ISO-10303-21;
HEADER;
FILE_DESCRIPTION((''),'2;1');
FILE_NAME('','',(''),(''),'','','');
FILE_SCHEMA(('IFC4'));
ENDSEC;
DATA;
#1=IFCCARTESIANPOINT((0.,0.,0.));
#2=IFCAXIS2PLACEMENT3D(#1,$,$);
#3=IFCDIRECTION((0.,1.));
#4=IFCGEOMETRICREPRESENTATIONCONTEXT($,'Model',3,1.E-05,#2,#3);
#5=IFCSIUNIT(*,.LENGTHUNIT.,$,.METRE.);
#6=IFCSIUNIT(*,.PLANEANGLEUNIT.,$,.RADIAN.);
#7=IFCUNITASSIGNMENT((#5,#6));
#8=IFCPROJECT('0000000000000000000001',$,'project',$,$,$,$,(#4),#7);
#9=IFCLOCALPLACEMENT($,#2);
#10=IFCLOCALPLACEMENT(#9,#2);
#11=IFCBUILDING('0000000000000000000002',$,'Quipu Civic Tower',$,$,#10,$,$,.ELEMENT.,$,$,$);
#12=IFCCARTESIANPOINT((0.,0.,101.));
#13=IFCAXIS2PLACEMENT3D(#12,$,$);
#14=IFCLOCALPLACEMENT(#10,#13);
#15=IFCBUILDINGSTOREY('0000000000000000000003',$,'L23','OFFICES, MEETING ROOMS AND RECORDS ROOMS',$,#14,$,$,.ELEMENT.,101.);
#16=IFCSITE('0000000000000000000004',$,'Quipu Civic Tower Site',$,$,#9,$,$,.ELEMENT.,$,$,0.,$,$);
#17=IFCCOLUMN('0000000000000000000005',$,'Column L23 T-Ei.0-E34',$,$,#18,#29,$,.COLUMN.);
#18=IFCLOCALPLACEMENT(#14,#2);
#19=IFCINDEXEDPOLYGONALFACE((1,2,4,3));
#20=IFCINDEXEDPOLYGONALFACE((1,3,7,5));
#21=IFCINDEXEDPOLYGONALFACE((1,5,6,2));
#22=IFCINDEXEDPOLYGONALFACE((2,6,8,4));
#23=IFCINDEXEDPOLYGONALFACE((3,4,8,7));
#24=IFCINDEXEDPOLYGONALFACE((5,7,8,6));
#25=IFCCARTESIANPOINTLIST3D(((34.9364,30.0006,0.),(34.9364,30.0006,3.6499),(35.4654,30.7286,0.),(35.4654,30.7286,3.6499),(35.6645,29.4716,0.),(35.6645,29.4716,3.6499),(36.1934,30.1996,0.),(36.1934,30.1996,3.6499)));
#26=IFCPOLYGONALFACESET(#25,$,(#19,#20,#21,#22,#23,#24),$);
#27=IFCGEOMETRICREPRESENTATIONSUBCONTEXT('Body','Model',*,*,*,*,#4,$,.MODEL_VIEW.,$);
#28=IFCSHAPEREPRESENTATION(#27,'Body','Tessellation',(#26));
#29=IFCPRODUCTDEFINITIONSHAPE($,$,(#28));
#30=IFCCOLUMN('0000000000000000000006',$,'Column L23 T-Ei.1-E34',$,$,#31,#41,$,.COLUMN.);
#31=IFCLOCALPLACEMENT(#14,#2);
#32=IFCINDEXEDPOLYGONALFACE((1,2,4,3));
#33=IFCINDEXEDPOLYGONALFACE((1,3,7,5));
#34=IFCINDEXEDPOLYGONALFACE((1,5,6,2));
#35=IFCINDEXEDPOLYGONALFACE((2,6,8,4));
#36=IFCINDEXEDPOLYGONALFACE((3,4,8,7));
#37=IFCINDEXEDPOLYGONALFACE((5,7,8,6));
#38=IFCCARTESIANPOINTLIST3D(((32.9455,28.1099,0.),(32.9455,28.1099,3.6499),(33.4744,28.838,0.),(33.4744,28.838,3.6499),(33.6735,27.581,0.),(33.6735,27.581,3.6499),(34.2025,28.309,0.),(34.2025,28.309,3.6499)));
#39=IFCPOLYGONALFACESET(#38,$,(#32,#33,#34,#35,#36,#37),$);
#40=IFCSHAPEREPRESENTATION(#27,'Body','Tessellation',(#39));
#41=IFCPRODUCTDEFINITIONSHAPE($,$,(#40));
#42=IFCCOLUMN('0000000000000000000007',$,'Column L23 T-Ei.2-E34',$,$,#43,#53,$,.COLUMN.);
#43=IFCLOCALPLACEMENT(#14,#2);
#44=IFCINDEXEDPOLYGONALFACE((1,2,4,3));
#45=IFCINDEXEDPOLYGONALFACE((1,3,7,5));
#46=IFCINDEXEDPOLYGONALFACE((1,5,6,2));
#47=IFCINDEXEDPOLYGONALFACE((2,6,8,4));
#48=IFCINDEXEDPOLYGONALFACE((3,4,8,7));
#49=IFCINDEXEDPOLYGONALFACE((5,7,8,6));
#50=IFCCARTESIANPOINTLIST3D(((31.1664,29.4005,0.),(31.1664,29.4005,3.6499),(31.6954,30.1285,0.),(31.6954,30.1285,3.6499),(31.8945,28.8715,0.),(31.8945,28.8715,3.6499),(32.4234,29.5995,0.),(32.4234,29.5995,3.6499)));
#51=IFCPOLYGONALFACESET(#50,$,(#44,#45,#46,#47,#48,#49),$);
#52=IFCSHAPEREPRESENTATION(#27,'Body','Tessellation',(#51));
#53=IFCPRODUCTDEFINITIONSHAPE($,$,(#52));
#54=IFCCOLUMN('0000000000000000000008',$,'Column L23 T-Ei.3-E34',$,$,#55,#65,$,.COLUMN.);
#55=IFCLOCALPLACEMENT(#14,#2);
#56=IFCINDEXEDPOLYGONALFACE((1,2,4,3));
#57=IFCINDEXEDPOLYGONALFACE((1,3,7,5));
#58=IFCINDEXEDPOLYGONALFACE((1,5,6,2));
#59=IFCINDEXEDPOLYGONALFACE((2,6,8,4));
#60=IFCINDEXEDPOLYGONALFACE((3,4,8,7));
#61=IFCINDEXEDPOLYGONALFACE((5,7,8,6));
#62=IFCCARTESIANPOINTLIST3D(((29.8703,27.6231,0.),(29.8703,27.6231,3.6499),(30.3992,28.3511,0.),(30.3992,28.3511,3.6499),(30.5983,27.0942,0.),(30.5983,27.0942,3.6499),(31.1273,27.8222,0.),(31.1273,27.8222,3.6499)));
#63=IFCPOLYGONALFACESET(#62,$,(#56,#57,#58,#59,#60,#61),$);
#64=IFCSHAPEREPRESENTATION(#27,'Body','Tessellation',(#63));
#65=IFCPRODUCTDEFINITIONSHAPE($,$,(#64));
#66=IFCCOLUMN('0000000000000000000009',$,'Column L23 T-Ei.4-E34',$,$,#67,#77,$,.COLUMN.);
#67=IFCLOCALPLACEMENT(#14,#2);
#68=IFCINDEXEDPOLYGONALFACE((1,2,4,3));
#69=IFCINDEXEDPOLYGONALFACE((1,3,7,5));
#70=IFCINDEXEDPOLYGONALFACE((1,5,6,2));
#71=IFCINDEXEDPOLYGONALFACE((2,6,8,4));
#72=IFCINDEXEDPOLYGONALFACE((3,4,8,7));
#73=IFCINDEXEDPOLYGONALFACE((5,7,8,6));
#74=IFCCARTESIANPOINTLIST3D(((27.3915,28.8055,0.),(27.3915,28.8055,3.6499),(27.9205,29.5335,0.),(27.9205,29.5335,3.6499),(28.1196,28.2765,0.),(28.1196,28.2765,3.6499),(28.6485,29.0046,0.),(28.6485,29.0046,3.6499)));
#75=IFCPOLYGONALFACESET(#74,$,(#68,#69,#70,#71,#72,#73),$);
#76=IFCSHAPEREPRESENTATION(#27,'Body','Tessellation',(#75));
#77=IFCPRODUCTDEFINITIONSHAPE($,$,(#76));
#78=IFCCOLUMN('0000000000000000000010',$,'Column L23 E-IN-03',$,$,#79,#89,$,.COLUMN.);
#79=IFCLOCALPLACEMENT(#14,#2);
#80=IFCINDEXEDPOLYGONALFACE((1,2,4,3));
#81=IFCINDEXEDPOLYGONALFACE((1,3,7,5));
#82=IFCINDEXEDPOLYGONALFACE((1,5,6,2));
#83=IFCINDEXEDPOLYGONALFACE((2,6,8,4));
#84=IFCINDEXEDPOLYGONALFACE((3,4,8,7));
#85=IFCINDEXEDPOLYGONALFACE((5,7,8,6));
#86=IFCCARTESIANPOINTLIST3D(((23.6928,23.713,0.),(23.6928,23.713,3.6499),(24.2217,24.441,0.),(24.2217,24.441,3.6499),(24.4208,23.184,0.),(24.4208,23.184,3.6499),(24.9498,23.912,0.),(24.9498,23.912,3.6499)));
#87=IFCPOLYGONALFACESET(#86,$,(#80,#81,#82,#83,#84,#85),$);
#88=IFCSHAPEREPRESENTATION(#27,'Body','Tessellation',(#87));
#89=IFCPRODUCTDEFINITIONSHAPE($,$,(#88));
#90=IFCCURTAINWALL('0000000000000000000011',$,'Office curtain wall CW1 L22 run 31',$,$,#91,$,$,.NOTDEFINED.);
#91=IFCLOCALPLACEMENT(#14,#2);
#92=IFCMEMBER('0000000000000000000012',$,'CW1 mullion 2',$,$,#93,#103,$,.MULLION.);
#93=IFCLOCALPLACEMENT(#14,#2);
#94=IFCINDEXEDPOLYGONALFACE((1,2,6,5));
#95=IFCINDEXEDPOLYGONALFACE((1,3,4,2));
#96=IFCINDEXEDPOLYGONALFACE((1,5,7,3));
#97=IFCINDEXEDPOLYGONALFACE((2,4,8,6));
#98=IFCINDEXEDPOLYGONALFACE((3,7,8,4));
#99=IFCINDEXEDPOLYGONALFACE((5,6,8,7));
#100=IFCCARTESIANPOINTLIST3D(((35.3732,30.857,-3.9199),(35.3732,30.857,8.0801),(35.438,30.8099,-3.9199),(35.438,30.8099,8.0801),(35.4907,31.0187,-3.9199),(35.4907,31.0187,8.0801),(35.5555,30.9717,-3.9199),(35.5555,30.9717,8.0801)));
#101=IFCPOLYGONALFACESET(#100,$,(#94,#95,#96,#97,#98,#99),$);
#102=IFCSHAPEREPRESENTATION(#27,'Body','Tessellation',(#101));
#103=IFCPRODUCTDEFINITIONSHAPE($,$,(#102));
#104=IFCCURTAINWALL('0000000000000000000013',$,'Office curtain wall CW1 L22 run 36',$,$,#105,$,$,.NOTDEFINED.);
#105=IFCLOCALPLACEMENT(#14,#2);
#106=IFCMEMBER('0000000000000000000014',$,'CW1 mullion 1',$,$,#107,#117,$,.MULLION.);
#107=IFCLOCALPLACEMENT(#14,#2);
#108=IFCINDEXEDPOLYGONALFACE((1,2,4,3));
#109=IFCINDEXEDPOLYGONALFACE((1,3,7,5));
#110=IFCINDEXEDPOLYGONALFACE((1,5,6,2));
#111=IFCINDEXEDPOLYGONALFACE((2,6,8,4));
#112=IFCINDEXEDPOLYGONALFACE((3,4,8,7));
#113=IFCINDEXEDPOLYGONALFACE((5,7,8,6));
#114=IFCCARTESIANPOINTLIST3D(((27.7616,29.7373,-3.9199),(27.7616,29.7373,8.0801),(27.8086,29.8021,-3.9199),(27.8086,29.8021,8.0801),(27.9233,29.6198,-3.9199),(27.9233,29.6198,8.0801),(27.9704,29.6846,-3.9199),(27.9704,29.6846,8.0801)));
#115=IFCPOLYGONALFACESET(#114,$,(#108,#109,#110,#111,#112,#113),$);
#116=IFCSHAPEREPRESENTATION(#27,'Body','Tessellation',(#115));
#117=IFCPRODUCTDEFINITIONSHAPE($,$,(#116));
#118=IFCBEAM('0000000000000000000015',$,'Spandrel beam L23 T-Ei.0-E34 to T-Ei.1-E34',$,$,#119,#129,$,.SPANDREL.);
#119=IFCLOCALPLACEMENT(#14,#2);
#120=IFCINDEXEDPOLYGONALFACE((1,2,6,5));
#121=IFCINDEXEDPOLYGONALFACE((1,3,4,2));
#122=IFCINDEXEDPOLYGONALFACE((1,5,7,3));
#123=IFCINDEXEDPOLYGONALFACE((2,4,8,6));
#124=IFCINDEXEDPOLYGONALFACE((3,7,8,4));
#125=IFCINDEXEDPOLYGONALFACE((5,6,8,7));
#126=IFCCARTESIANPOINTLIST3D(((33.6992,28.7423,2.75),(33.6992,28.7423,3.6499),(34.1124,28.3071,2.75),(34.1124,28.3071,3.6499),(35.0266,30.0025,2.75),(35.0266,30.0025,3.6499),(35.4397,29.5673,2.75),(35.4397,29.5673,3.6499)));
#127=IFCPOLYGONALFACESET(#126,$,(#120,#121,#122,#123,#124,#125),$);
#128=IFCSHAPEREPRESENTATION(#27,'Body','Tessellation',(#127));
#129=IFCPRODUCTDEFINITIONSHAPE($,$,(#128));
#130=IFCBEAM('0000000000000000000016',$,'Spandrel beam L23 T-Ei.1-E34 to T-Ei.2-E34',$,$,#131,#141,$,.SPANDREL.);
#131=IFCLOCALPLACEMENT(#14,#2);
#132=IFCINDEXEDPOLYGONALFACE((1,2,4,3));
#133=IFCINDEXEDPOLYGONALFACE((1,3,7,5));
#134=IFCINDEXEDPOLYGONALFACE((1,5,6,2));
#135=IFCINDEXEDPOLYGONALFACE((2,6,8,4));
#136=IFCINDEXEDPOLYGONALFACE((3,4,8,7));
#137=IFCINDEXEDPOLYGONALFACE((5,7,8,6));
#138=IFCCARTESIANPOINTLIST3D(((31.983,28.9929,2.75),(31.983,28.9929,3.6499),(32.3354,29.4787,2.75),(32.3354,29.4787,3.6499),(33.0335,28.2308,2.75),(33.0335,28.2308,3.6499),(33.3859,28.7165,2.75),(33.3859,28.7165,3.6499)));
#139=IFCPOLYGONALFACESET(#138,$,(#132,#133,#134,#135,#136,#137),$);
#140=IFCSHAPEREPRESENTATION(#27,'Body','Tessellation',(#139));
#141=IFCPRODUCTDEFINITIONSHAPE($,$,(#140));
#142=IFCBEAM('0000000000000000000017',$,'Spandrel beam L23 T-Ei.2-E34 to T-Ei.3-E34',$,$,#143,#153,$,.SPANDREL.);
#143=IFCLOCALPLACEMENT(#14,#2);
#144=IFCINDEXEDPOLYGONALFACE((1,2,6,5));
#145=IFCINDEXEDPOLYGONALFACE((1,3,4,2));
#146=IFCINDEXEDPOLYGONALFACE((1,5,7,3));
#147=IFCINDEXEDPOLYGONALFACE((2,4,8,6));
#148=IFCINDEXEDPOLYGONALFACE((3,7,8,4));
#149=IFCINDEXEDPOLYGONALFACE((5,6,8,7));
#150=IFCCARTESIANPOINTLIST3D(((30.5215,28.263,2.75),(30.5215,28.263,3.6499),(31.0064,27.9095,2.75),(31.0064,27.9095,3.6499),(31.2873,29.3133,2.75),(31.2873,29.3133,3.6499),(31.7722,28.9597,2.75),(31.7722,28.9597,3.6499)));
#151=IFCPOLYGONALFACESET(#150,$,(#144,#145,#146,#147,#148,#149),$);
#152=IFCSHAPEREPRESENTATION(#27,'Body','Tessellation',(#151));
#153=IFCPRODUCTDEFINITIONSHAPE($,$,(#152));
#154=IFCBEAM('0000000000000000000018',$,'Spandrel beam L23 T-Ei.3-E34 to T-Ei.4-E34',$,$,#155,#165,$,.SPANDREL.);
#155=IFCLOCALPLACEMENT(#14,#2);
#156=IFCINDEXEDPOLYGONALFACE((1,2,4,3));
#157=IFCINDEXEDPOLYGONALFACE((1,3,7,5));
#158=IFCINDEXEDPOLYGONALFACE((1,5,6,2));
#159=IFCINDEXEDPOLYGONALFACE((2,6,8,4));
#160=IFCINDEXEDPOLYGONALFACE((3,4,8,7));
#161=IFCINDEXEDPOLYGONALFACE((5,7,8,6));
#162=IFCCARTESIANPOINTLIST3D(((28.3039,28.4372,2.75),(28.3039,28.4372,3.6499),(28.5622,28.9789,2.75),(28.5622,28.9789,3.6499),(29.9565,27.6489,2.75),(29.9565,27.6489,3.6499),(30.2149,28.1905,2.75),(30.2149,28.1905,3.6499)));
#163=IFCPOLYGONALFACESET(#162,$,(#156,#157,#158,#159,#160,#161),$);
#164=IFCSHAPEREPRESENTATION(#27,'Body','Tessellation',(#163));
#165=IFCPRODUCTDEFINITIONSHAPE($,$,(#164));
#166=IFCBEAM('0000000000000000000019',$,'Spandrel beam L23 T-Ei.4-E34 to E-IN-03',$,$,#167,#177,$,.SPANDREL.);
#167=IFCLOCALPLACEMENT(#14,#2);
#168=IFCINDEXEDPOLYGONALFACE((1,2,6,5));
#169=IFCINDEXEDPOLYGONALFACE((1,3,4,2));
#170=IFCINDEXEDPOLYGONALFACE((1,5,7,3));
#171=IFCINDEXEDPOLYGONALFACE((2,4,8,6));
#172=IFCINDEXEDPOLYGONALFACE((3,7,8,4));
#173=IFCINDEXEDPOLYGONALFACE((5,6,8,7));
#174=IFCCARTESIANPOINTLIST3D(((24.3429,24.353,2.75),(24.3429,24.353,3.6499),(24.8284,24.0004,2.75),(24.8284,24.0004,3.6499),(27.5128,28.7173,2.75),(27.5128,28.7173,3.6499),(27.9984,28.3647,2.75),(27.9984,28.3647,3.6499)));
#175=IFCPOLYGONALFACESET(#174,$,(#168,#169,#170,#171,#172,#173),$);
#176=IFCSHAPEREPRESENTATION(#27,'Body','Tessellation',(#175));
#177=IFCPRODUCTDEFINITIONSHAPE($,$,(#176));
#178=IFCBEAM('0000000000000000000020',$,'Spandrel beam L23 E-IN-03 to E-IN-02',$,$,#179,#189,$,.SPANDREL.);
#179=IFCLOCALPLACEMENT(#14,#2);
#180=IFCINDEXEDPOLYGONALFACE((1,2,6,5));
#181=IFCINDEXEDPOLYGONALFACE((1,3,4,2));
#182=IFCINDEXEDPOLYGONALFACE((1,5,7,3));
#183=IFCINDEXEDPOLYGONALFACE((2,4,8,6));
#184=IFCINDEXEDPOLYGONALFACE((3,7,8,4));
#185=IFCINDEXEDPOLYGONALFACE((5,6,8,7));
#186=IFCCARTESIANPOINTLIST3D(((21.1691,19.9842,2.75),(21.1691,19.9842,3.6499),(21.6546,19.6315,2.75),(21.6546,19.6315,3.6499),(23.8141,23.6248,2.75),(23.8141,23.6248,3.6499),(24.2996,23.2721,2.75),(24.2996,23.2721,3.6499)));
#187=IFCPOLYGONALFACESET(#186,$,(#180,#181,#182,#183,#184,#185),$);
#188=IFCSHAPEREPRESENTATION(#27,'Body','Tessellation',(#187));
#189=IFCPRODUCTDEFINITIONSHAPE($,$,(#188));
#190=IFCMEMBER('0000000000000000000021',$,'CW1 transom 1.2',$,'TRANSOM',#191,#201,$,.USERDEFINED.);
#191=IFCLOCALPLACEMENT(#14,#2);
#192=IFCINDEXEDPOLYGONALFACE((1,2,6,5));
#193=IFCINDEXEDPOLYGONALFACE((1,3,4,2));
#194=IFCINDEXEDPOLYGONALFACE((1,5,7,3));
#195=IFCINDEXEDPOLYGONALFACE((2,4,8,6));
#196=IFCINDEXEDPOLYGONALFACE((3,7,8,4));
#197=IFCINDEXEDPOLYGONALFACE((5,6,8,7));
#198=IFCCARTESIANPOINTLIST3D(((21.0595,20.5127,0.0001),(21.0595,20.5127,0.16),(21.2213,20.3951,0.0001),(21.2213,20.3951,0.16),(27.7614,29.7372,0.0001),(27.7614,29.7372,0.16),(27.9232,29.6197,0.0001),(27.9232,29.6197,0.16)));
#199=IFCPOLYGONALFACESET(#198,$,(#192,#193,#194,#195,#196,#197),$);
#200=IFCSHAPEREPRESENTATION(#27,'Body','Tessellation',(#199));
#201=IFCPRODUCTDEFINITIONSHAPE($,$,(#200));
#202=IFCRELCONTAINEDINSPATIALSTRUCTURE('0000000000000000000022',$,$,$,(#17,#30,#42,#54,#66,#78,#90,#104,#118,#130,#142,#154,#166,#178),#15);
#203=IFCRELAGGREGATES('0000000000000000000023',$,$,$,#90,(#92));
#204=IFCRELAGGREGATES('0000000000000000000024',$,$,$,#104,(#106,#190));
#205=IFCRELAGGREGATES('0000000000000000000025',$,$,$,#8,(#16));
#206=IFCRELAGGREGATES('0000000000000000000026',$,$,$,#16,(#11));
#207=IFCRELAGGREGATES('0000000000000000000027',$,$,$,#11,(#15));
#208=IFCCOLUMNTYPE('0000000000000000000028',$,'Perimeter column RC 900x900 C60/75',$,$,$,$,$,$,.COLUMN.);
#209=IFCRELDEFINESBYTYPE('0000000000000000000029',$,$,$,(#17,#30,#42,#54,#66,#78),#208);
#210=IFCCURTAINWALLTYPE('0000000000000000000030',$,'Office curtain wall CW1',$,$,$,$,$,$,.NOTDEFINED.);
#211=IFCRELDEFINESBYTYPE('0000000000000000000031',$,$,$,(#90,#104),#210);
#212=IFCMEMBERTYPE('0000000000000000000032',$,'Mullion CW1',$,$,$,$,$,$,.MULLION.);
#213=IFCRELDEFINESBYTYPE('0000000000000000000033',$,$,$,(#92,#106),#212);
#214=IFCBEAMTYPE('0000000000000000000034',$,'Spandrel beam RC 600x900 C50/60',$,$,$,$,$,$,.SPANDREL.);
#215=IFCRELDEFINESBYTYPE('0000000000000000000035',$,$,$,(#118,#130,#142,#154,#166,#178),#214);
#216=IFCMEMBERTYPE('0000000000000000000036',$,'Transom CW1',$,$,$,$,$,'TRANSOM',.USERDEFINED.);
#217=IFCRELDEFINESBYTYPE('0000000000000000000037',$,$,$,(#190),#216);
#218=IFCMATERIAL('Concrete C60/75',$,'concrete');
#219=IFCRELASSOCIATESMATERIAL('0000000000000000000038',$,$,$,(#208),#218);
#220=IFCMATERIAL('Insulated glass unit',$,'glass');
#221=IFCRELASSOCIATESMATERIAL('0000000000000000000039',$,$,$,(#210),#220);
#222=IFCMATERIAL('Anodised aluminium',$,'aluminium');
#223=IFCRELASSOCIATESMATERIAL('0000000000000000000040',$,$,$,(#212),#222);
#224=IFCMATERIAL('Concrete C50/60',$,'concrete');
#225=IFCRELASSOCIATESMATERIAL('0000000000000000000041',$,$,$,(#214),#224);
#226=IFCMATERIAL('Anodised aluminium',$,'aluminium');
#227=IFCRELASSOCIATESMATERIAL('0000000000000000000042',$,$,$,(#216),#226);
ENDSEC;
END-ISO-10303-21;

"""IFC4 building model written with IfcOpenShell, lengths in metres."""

from ifc_helpers import new_model, si_unit, direction, frame, origin, origin_2d, place, context, subcontext, project, spatial, rectangle, extrude, material, material_profile, profile_set, type_object, element, aggregate, save


model = new_model("IFC4")

# Units and contexts
model_context = context("Model", 3, precision=1e-05, world=origin(), true_north=direction((0.0, 1.0)))
body_context = subcontext(model_context, "Body", "Model", "MODEL_VIEW")
ifc_project = project(units=[si_unit("LENGTHUNIT", "METRE"), si_unit("PLANEANGLEUNIT", "RADIAN")], contexts=[model_context])

# Site, building, storey
site_placement = place(None, origin())
site = spatial("IfcSite", under=ifc_project, at=site_placement, Name="Quipu Civic Tower Site", CompositionType="ELEMENT", RefElevation=0.0)
building_placement = place(site_placement, origin())
building = spatial("IfcBuilding", under=site, at=building_placement, Name="Quipu Civic Tower", CompositionType="ELEMENT")
storey_placement = place(building_placement, frame((0.0, 0.0, 101.0)))
storey = spatial("IfcBuildingStorey", under=building, at=storey_placement, Name="L23", Description="OFFICES, MEETING ROOMS AND RECORDS ROOMS", CompositionType="ELEMENT", Elevation=101.0)

# Columns
ifc_material_1 = material(Name="Concrete C60/75", Category="concrete")
ifc_material_profile_1 = material_profile(ifc_material_1, rectangle(XDim=0.8999, YDim=0.8999, at=origin_2d()), Name="RC900x900")
ifc_profile_set_1 = profile_set([ifc_material_profile_1], Name="Concrete C60/75")
column_type = type_object("IfcColumnType", Name="Perimeter column RC 900x900 C60/75", PredefinedType="COLUMN", material=ifc_profile_set_1)
for number, where, z_axis, x_axis, name in (
    (1, (35.5649, 30.1001, 0.0), (0.0, 0.0, 1.0), (-0.587785, -0.809017, 0.0), "Column L23 T-Ei.0-E34"),
    (2, (33.574, 28.2095, 0.0), (0.0, 0.0, 1.0), (-0.809017, 0.587785, 0.0), "Column L23 T-Ei.1-E34"),
    (3, (31.7949, 29.5, 0.0), (0.0, 0.0, 1.0), (-0.587785, -0.809017, 0.0), "Column L23 T-Ei.2-E34"),
    (4, (30.4988, 27.7227, 0.0), (0.0, 0.0, 1.0), (-0.809017, 0.587785, 0.0), "Column L23 T-Ei.3-E34"),
    (5, (28.02, 28.905, 0.0), (0.0, 0.0, 1.0), (-0.809017, 0.587785, 0.0), "Column L23 T-Ei.4-E34"),
    (6, (24.3213, 23.8125, 0.0), (0.0, 0.0, 1.0), (-0.587785, -0.809017, 0.0), "Column L23 E-IN-03"),
):
    element("IfcColumn", number, at=place(storey_placement, frame(where, z_axis=z_axis, x_axis=x_axis)), inside=storey, type_object=column_type, Name=name, PredefinedType="COLUMN", context=body_context, shape_type="SweptSolid", body=[
        extrude(rectangle(XDim=0.8999, YDim=0.8999, at=origin_2d()), origin(), (0.0, 0.0, 1.0), 3.6499),
    ])

# Curtain walls, members
ifc_material_2 = material(Name="Insulated glass unit", Category="glass")
curtain_wall_type = type_object("IfcCurtainWallType", Name="Office curtain wall CW1", PredefinedType="NOTDEFINED", material=ifc_material_2)
curtain_wall_1_placement = place(storey_placement, origin())
curtain_wall_1 = element("IfcCurtainWall", 7, at=curtain_wall_1_placement, inside=storey, type_object=curtain_wall_type, Name="Office curtain wall CW1 L22 run 31", PredefinedType="NOTDEFINED")
ifc_material_3 = material(Name="Anodised aluminium", Category="aluminium")
ifc_material_profile_2 = material_profile(ifc_material_3, rectangle(XDim=0.2, YDim=0.0801, at=origin_2d()), Name="RECT 200x80")
ifc_profile_set_2 = profile_set([ifc_material_profile_2], Name="Anodised aluminium")
member_type_1 = type_object("IfcMemberType", Name="Mullion CW1", PredefinedType="MULLION", material=ifc_profile_set_2)
member_1_placement = place(storey_placement, frame((35.4644, 30.9143, -3.9199), z_axis=(0.0, 0.0, 1.0), x_axis=(-0.587788, -0.809015, 0.0)))
member_1 = element("IfcMember", 8, at=member_1_placement, type_object=member_type_1, Name="CW1 mullion 2", PredefinedType="MULLION", context=body_context, shape_type="SweptSolid", body=[
    extrude(rectangle(XDim=0.2, YDim=0.0801, at=origin_2d()), origin(), (0.0, 0.0, 1.0), 12.0),
])
aggregate(curtain_wall_1, [member_1])
curtain_wall_2_placement = place(storey_placement, origin())
curtain_wall_2 = element("IfcCurtainWall", 9, at=curtain_wall_2_placement, inside=storey, type_object=curtain_wall_type, Name="Office curtain wall CW1 L22 run 36", PredefinedType="NOTDEFINED")
member_2_placement = place(storey_placement, frame((27.866, 29.7109, -3.9199), z_axis=(0.0, 0.0, 1.0), x_axis=(0.809014, -0.587789, 0.0)))
member_2 = element("IfcMember", 10, at=member_2_placement, type_object=member_type_1, Name="CW1 mullion 1", PredefinedType="MULLION", context=body_context, shape_type="SweptSolid", body=[
    extrude(rectangle(XDim=0.2, YDim=0.0801, at=origin_2d()), origin(), (0.0, 0.0, 1.0), 12.0),
])

# Beams
ifc_material_4 = material(Name="Concrete C50/60", Category="concrete")
ifc_material_profile_3 = material_profile(ifc_material_4, rectangle(XDim=0.6001, YDim=0.8999, at=origin_2d()), Name="RC600x900")
ifc_profile_set_3 = profile_set([ifc_material_profile_3], Name="Concrete C50/60")
beam_type = type_object("IfcBeamType", Name="Spandrel beam RC 600x900 C50/60", PredefinedType="SPANDREL", material=ifc_profile_set_3)
beam_1_placement = place(storey_placement, frame((35.2332, 29.7849, 3.2), z_axis=(-0.725209, -0.688529, 0.0), x_axis=(0.688529, -0.725209, 0.0)))
element("IfcBeam", 11, at=beam_1_placement, inside=storey, type_object=beam_type, Name="Spandrel beam L23 T-Ei.0-E34 to T-Ei.1-E34", PredefinedType="SPANDREL", context=body_context, shape_type="SweptSolid", body=[
    extrude(rectangle(XDim=0.6001, YDim=0.8999, at=origin_2d()), origin(), (0.0, 0.0, 1.0), 1.8303),
])
beam_2_placement = place(storey_placement, frame((33.2097, 28.4736, 3.2), z_axis=(-0.809403, 0.587254, 0.0), x_axis=(-0.587254, -0.809403, 0.0)))
element("IfcBeam", 12, at=beam_2_placement, inside=storey, type_object=beam_type, Name="Spandrel beam L23 T-Ei.1-E34 to T-Ei.2-E34", PredefinedType="SPANDREL", context=body_context, shape_type="SweptSolid", body=[
    extrude(rectangle(XDim=0.6001, YDim=0.8999, at=origin_2d()), origin(), (0.0, 0.0, 1.0), 1.2979),
])
beam_3_placement = place(storey_placement, frame((31.5298, 29.1365, 3.2), z_axis=(-0.589187, -0.807996, 0.0), x_axis=(0.807996, -0.589187, 0.0)))
element("IfcBeam", 13, at=beam_3_placement, inside=storey, type_object=beam_type, Name="Spandrel beam L23 T-Ei.2-E34 to T-Ei.3-E34", PredefinedType="SPANDREL", context=body_context, shape_type="SweptSolid", body=[
    extrude(rectangle(XDim=0.6001, YDim=0.8999, at=origin_2d()), origin(), (0.0, 0.0, 1.0), 1.2998),
])
beam_4_placement = place(storey_placement, frame((30.0857, 27.9197, 3.2), z_axis=(-0.902567, 0.430549, 0.0), x_axis=(-0.430549, -0.902567, 0.0)))
element("IfcBeam", 14, at=beam_4_placement, inside=storey, type_object=beam_type, Name="Spandrel beam L23 T-Ei.3-E34 to T-Ei.4-E34", PredefinedType="SPANDREL", context=body_context, shape_type="SweptSolid", body=[
    extrude(rectangle(XDim=0.6001, YDim=0.8999, at=origin_2d()), origin(), (0.0, 0.0, 1.0), 1.8311),
])
beam_5_placement = place(storey_placement, frame((27.7556, 28.541, 3.2), z_axis=(-0.587676, -0.809096, 0.0), x_axis=(0.809096, -0.587676, 0.0)))
element("IfcBeam", 15, at=beam_5_placement, inside=storey, type_object=beam_type, Name="Spandrel beam L23 T-Ei.4-E34 to E-IN-03", PredefinedType="SPANDREL", context=body_context, shape_type="SweptSolid", body=[
    extrude(rectangle(XDim=0.6001, YDim=0.8999, at=origin_2d()), origin(), (0.0, 0.0, 1.0), 5.394),
])
beam_6_placement = place(storey_placement, frame((24.0569, 23.4485, 3.2), z_axis=(-0.587778, -0.809022, 0.0), x_axis=(0.809022, -0.587778, 0.0)))
element("IfcBeam", 16, at=beam_6_placement, inside=storey, type_object=beam_type, Name="Spandrel beam L23 E-IN-03 to E-IN-02", PredefinedType="SPANDREL", context=body_context, shape_type="SweptSolid", body=[
    extrude(rectangle(XDim=0.6001, YDim=0.8999, at=origin_2d()), origin(), (0.0, 0.0, 1.0), 4.5),
])

# Member
ifc_material_5 = material(Name="Anodised aluminium", Category="aluminium")
ifc_material_profile_4 = material_profile(ifc_material_5, rectangle(XDim=0.2, YDim=0.1599, at=origin_2d()), Name="RECT 200x160")
ifc_profile_set_4 = profile_set([ifc_material_profile_4], Name="Anodised aluminium")
member_type_2 = type_object("IfcMemberType", Name="Transom CW1", ElementType="TRANSOM", PredefinedType="USERDEFINED", material=ifc_profile_set_4)
member_3_placement = place(storey_placement, frame((27.8423, 29.6785, 0.0801), z_axis=(-0.587776, -0.809024, 0.0), x_axis=(0.809024, -0.587776, 0.0)))
member_3 = element("IfcMember", 17, at=member_3_placement, type_object=member_type_2, Name="CW1 transom 1.2", ObjectType="TRANSOM", PredefinedType="USERDEFINED", context=body_context, shape_type="SweptSolid", body=[
    extrude(rectangle(XDim=0.2, YDim=0.1599, at=origin_2d()), origin(), (0.0, 0.0, 1.0), 11.4021),
])

aggregate(curtain_wall_2, [member_2, member_3])

save(model, "model.ifc")
